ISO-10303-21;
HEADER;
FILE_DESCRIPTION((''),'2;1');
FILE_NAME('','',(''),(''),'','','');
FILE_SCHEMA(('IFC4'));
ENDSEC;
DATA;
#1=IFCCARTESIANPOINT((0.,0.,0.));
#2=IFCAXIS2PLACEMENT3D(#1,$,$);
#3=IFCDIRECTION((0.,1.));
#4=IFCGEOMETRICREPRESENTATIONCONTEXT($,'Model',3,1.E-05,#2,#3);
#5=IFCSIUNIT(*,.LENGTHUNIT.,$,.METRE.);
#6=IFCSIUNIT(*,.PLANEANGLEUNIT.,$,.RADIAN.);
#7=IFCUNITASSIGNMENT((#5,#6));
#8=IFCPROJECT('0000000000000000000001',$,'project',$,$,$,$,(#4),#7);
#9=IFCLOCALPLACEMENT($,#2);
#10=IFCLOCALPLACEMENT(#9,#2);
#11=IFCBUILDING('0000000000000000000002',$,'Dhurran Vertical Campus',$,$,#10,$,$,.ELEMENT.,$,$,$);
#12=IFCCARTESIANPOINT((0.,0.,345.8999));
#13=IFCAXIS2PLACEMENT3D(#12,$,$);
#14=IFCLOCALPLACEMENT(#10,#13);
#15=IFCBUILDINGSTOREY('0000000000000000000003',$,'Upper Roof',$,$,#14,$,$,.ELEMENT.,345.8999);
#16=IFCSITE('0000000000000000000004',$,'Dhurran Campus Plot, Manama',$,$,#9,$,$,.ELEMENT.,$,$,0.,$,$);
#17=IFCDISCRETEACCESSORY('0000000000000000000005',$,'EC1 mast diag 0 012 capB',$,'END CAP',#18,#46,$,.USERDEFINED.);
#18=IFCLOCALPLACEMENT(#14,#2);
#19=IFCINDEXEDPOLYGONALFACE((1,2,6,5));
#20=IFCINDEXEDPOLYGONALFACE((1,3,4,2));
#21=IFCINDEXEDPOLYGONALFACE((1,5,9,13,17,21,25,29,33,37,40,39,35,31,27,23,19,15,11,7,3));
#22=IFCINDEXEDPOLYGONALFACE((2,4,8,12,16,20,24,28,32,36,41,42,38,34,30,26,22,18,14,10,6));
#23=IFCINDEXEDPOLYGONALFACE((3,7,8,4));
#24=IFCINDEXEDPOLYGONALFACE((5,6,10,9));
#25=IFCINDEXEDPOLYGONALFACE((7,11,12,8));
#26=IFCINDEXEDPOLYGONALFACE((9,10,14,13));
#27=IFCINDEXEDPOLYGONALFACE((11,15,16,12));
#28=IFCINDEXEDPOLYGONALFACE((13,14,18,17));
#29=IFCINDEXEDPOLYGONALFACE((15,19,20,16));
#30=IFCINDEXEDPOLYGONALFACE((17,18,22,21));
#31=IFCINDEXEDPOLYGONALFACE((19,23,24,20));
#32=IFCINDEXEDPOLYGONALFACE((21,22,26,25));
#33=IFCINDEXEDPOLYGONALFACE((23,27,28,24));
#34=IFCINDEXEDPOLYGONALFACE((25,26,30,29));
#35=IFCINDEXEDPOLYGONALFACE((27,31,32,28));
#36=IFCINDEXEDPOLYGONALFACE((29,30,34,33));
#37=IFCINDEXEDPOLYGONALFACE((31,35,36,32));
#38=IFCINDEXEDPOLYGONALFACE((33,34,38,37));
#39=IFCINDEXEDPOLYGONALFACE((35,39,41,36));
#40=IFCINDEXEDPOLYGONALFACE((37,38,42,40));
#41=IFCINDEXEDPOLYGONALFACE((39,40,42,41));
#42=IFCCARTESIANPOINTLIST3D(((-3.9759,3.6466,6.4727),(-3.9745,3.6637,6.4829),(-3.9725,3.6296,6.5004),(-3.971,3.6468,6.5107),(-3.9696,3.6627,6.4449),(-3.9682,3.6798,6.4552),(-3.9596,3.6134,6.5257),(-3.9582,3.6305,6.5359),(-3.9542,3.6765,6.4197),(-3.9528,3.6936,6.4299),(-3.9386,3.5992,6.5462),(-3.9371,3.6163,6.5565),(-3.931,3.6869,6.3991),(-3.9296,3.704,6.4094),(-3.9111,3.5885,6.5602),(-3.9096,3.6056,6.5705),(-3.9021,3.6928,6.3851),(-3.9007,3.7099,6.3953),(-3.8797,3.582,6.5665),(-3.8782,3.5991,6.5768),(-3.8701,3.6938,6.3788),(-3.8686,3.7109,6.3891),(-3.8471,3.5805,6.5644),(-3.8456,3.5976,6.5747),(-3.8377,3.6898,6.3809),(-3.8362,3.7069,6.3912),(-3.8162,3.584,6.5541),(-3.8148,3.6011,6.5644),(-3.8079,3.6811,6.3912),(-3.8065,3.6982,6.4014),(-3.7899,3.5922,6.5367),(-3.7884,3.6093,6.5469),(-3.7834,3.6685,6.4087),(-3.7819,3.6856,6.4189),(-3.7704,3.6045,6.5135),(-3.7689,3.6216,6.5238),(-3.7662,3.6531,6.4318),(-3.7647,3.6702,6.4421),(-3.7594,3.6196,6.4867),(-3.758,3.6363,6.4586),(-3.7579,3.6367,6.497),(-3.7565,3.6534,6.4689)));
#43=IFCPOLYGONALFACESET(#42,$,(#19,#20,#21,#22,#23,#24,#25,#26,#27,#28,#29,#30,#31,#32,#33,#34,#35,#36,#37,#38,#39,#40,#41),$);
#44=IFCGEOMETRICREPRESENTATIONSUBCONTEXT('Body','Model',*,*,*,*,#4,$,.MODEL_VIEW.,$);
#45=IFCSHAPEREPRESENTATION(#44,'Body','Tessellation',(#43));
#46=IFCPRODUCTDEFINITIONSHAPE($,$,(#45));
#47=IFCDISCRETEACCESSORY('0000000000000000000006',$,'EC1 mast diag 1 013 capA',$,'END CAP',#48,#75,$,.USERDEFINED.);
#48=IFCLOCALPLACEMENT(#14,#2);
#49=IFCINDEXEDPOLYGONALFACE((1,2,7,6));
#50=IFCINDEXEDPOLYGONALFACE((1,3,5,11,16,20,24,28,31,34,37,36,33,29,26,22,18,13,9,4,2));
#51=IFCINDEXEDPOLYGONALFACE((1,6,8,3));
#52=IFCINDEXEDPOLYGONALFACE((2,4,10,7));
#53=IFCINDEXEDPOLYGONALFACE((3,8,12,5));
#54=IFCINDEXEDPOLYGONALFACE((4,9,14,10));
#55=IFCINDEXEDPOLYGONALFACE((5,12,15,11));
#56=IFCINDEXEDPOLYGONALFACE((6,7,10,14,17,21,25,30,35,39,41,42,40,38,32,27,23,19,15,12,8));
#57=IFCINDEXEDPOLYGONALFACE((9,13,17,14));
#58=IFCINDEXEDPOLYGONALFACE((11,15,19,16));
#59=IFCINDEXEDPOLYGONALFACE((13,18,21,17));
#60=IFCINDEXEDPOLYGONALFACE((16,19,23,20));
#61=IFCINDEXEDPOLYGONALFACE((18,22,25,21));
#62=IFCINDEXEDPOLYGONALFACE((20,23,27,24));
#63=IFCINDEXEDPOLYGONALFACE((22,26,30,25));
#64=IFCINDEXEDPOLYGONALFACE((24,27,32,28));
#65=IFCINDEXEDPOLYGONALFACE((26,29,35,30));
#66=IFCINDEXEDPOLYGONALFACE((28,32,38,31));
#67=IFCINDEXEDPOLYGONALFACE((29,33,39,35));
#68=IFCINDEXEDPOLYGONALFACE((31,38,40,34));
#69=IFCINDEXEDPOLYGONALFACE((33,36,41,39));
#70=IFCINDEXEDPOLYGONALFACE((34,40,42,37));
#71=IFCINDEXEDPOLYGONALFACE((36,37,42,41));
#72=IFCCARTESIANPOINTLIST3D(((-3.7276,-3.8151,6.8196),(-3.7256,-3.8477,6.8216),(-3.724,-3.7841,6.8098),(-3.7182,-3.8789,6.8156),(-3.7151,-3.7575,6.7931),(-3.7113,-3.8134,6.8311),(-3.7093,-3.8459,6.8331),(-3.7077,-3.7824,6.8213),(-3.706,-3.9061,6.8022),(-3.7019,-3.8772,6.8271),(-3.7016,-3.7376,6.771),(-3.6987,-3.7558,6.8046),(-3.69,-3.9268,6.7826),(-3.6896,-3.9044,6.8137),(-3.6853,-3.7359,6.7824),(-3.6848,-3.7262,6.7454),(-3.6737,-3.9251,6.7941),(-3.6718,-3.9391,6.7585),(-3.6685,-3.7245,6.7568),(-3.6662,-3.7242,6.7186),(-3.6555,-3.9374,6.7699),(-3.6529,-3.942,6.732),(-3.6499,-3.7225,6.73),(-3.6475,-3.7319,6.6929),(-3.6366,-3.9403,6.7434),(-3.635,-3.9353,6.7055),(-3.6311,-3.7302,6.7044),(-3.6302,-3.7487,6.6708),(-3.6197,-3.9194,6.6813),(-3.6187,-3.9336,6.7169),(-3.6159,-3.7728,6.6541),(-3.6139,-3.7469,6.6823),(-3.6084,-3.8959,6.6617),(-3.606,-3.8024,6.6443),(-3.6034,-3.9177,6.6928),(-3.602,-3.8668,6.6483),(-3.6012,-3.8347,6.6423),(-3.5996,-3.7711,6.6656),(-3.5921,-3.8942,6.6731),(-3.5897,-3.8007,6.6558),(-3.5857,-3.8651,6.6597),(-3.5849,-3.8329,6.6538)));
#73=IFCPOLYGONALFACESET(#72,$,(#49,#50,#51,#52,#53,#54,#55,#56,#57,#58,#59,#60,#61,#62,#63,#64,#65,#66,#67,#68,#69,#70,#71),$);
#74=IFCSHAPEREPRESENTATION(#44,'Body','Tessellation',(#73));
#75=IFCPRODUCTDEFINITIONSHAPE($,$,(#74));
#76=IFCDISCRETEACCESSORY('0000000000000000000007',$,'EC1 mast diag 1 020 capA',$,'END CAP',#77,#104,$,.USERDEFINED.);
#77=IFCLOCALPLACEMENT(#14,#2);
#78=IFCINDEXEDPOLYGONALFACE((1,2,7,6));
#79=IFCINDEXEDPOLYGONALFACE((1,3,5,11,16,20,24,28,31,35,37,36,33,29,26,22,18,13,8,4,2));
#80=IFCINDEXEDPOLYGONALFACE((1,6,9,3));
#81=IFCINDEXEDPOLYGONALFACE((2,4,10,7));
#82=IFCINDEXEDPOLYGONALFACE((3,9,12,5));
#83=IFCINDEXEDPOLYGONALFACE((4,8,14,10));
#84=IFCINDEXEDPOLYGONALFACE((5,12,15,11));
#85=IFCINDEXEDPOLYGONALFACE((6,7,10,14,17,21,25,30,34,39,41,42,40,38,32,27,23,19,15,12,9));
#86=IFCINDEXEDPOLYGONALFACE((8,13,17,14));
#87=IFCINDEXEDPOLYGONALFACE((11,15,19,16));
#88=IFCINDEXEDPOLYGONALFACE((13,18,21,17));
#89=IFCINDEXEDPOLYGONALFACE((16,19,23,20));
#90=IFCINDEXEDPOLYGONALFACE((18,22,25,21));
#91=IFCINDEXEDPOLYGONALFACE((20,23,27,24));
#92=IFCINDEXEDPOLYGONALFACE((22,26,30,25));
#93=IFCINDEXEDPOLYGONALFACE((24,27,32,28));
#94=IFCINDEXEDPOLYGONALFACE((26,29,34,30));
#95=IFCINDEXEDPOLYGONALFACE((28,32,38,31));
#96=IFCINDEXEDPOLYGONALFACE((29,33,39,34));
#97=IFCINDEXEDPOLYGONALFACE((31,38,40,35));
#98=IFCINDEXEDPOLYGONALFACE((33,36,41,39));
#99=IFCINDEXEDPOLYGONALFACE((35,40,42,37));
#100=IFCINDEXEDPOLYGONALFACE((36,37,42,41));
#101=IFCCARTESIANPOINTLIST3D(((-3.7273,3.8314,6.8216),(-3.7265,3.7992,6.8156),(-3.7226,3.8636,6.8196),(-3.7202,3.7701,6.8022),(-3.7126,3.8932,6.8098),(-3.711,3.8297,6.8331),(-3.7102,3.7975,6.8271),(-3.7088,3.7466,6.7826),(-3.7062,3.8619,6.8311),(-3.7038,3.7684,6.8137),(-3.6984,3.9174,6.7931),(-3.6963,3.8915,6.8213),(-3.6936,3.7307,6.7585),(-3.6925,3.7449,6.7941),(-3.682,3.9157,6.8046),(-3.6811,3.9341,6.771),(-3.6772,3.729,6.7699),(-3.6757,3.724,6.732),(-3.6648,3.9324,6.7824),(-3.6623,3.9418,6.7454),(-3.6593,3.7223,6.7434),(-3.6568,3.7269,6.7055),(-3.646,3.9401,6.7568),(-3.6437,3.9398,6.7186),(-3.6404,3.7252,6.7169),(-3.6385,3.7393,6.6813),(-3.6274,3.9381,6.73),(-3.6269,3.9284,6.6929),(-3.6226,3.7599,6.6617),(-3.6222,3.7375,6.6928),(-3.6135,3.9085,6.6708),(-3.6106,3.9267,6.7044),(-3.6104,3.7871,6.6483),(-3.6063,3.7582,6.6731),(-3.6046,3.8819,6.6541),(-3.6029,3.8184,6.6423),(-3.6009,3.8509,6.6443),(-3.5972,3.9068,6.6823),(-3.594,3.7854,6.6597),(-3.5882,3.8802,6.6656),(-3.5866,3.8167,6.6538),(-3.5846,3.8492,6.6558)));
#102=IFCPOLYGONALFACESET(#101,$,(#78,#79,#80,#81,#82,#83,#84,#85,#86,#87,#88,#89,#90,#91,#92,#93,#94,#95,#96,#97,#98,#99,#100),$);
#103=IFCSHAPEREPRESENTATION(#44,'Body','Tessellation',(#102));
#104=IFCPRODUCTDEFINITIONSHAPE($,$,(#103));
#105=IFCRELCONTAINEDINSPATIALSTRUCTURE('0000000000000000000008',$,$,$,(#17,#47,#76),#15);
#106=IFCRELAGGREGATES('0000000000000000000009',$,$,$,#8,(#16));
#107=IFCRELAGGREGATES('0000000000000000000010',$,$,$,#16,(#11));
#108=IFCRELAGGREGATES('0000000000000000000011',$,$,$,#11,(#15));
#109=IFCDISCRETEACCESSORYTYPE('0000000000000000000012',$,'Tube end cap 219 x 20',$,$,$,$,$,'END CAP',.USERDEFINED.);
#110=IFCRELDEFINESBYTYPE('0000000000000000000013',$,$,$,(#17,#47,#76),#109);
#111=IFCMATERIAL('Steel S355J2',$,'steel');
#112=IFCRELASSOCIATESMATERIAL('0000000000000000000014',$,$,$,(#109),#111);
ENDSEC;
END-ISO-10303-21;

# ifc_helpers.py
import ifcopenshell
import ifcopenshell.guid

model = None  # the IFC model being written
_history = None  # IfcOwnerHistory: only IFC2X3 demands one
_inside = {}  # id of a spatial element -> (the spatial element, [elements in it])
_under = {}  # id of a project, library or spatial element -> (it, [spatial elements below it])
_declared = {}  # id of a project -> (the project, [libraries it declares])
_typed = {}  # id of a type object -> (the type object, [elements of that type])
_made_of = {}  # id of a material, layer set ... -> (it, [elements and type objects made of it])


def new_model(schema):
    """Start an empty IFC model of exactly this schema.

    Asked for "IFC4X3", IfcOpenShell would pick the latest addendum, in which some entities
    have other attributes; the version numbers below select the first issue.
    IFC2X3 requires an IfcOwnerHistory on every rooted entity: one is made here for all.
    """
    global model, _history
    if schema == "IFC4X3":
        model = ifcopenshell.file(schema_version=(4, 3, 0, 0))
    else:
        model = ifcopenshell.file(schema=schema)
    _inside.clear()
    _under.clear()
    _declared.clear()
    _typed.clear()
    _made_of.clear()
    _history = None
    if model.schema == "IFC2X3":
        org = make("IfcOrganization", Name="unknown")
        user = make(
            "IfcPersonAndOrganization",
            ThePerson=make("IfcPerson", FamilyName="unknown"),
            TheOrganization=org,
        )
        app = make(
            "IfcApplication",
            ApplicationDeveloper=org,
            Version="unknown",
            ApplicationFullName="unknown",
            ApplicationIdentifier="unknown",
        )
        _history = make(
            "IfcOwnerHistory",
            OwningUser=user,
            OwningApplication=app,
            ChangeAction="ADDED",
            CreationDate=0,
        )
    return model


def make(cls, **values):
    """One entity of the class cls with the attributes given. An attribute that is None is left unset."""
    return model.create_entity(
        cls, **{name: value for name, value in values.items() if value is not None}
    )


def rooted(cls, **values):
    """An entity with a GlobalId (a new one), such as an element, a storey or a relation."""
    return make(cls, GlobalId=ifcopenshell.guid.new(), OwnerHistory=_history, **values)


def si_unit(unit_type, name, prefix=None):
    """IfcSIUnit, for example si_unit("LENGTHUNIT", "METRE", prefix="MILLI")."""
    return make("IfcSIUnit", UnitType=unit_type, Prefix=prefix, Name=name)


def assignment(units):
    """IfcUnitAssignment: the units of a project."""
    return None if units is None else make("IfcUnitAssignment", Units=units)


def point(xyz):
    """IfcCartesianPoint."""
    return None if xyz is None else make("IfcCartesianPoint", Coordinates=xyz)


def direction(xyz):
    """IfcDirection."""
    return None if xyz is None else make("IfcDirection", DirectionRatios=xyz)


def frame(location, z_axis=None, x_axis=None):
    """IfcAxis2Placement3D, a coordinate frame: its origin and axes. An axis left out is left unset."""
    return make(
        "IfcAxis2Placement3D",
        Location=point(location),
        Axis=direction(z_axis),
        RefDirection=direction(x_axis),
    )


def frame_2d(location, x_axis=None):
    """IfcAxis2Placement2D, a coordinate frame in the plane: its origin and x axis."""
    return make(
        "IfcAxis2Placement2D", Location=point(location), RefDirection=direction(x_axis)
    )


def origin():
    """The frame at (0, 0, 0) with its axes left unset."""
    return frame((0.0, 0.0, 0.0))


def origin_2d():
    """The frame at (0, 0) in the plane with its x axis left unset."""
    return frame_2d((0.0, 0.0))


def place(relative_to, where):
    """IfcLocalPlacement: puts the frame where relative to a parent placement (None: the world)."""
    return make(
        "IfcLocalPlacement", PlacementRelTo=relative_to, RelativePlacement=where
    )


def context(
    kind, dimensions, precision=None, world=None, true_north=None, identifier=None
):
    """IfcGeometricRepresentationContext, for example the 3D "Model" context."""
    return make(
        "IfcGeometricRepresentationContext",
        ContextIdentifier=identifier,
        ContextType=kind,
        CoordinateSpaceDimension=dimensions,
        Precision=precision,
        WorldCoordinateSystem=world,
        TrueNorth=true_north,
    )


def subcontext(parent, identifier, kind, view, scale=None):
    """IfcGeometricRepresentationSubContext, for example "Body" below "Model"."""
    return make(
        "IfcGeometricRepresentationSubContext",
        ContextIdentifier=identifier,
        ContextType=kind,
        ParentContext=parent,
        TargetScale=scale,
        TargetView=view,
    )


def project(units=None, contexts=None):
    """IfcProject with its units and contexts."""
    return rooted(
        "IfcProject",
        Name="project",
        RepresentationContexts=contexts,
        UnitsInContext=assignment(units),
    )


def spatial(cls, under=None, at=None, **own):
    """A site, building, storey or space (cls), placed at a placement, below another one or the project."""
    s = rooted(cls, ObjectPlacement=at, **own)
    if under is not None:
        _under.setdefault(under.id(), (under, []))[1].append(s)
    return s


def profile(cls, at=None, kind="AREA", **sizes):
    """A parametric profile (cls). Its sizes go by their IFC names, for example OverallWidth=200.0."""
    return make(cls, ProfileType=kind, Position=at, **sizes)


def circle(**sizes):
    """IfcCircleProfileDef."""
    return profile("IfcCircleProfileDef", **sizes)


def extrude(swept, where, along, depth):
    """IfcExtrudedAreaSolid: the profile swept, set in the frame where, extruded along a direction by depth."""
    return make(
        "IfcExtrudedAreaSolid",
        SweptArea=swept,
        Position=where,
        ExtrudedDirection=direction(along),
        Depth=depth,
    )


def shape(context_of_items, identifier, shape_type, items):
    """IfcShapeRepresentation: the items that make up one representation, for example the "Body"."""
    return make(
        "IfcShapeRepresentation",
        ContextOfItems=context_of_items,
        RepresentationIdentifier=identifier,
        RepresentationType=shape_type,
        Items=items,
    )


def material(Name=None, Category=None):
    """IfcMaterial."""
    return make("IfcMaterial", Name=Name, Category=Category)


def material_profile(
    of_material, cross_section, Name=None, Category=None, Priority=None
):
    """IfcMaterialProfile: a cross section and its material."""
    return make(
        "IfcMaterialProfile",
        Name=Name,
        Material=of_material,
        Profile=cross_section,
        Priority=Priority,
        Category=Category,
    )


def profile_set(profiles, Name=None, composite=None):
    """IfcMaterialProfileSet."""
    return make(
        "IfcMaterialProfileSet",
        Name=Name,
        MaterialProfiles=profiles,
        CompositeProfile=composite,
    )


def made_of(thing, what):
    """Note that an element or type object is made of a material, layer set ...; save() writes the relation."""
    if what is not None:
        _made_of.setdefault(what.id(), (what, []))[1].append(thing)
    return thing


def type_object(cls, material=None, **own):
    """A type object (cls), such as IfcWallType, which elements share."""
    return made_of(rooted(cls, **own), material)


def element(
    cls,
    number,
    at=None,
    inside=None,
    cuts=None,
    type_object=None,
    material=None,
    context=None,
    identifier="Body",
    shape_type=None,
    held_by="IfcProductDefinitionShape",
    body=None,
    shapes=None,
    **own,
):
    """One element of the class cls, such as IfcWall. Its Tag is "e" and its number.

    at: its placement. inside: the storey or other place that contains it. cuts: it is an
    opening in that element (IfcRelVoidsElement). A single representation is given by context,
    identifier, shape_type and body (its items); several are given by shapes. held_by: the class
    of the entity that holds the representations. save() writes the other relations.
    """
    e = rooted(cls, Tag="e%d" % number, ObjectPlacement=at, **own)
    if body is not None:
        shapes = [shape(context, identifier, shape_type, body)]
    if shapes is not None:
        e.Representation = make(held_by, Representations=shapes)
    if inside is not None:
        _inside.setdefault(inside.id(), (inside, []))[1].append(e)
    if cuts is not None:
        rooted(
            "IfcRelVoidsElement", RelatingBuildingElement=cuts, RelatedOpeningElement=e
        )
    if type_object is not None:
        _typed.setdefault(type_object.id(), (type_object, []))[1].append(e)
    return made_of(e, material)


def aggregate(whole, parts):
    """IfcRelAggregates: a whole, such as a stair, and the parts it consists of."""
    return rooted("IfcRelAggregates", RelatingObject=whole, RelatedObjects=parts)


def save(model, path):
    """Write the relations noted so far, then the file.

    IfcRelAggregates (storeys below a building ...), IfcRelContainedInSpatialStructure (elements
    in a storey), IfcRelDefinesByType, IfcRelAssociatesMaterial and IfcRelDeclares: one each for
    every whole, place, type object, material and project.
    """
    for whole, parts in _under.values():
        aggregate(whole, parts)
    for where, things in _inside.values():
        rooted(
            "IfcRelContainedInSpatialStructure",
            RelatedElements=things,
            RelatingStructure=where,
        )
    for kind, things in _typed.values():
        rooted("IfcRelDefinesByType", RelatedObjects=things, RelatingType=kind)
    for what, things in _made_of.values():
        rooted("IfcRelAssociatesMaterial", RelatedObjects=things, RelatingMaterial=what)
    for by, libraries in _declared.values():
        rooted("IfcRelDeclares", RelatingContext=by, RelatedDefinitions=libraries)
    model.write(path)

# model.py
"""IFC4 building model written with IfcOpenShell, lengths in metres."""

from ifc_helpers import new_model, si_unit, direction, frame, origin, origin_2d, place, context, subcontext, project, spatial, circle, extrude, material, material_profile, profile_set, type_object, element, save


model = new_model("IFC4")

# Units and contexts
model_context = context("Model", 3, precision=1e-05, world=origin(), true_north=direction((0.0, 1.0)))
body_context = subcontext(model_context, "Body", "Model", "MODEL_VIEW")
ifc_project = project(units=[si_unit("LENGTHUNIT", "METRE"), si_unit("PLANEANGLEUNIT", "RADIAN")], contexts=[model_context])

# Site, building, storey
site_placement = place(None, origin())
site = spatial("IfcSite", under=ifc_project, at=site_placement, Name="Dhurran Campus Plot, Manama", CompositionType="ELEMENT", RefElevation=0.0)
building_placement = place(site_placement, origin())
building = spatial("IfcBuilding", under=site, at=building_placement, Name="Dhurran Vertical Campus", CompositionType="ELEMENT")
storey_placement = place(building_placement, frame((0.0, 0.0, 345.8999)))
storey = spatial("IfcBuildingStorey", under=building, at=storey_placement, Name="Upper Roof", CompositionType="ELEMENT", Elevation=345.8999)

# Discrete accessories
ifc_material_1 = material(Name="Steel S355J2", Category="steel")
ifc_material_profile_1 = material_profile(ifc_material_1, circle(Radius=0.1096, at=origin_2d()), Name="Tube end cap 219 x 20")
ifc_profile_set_1 = profile_set([ifc_material_profile_1], Name="Steel S355J2")
discrete_accessory_type_1 = type_object("IfcDiscreteAccessoryType", Name="Tube end cap 219 x 20", ElementType="END CAP", PredefinedType="USERDEFINED", material=ifc_profile_set_1)
for number, where, z_axis, x_axis, name in (
    (1, (-3.8667, 3.6372, 6.4727), (0.073302, 0.855186, 0.513112), (-0.996347, 0.085401, 0.0), "EC1 mast diag 0 012 capB"),
    (2, (-3.6479, -3.8313, 6.7434), (-0.815679, -0.08522, -0.572193), (0.103912, -0.994586, 0.0), "EC1 mast diag 1 013 capA"),
    (3, (-3.6479, 3.8313, 6.7434), (-0.815679, 0.08522, -0.572193), (-0.103912, -0.994586, 0.0), "EC1 mast diag 1 020 capA"),
):
    element("IfcDiscreteAccessory", number, at=place(storey_placement, frame(where, z_axis=z_axis, x_axis=x_axis)), inside=storey, type_object=discrete_accessory_type_1, Name=name, ObjectType="END CAP", PredefinedType="USERDEFINED", context=body_context, shape_type="SweptSolid", body=[
        extrude(circle(Radius=0.1096, at=origin_2d()), origin(), (0.0, 0.0, 1.0), 0.02),
    ])

save(model, "model.ifc")
